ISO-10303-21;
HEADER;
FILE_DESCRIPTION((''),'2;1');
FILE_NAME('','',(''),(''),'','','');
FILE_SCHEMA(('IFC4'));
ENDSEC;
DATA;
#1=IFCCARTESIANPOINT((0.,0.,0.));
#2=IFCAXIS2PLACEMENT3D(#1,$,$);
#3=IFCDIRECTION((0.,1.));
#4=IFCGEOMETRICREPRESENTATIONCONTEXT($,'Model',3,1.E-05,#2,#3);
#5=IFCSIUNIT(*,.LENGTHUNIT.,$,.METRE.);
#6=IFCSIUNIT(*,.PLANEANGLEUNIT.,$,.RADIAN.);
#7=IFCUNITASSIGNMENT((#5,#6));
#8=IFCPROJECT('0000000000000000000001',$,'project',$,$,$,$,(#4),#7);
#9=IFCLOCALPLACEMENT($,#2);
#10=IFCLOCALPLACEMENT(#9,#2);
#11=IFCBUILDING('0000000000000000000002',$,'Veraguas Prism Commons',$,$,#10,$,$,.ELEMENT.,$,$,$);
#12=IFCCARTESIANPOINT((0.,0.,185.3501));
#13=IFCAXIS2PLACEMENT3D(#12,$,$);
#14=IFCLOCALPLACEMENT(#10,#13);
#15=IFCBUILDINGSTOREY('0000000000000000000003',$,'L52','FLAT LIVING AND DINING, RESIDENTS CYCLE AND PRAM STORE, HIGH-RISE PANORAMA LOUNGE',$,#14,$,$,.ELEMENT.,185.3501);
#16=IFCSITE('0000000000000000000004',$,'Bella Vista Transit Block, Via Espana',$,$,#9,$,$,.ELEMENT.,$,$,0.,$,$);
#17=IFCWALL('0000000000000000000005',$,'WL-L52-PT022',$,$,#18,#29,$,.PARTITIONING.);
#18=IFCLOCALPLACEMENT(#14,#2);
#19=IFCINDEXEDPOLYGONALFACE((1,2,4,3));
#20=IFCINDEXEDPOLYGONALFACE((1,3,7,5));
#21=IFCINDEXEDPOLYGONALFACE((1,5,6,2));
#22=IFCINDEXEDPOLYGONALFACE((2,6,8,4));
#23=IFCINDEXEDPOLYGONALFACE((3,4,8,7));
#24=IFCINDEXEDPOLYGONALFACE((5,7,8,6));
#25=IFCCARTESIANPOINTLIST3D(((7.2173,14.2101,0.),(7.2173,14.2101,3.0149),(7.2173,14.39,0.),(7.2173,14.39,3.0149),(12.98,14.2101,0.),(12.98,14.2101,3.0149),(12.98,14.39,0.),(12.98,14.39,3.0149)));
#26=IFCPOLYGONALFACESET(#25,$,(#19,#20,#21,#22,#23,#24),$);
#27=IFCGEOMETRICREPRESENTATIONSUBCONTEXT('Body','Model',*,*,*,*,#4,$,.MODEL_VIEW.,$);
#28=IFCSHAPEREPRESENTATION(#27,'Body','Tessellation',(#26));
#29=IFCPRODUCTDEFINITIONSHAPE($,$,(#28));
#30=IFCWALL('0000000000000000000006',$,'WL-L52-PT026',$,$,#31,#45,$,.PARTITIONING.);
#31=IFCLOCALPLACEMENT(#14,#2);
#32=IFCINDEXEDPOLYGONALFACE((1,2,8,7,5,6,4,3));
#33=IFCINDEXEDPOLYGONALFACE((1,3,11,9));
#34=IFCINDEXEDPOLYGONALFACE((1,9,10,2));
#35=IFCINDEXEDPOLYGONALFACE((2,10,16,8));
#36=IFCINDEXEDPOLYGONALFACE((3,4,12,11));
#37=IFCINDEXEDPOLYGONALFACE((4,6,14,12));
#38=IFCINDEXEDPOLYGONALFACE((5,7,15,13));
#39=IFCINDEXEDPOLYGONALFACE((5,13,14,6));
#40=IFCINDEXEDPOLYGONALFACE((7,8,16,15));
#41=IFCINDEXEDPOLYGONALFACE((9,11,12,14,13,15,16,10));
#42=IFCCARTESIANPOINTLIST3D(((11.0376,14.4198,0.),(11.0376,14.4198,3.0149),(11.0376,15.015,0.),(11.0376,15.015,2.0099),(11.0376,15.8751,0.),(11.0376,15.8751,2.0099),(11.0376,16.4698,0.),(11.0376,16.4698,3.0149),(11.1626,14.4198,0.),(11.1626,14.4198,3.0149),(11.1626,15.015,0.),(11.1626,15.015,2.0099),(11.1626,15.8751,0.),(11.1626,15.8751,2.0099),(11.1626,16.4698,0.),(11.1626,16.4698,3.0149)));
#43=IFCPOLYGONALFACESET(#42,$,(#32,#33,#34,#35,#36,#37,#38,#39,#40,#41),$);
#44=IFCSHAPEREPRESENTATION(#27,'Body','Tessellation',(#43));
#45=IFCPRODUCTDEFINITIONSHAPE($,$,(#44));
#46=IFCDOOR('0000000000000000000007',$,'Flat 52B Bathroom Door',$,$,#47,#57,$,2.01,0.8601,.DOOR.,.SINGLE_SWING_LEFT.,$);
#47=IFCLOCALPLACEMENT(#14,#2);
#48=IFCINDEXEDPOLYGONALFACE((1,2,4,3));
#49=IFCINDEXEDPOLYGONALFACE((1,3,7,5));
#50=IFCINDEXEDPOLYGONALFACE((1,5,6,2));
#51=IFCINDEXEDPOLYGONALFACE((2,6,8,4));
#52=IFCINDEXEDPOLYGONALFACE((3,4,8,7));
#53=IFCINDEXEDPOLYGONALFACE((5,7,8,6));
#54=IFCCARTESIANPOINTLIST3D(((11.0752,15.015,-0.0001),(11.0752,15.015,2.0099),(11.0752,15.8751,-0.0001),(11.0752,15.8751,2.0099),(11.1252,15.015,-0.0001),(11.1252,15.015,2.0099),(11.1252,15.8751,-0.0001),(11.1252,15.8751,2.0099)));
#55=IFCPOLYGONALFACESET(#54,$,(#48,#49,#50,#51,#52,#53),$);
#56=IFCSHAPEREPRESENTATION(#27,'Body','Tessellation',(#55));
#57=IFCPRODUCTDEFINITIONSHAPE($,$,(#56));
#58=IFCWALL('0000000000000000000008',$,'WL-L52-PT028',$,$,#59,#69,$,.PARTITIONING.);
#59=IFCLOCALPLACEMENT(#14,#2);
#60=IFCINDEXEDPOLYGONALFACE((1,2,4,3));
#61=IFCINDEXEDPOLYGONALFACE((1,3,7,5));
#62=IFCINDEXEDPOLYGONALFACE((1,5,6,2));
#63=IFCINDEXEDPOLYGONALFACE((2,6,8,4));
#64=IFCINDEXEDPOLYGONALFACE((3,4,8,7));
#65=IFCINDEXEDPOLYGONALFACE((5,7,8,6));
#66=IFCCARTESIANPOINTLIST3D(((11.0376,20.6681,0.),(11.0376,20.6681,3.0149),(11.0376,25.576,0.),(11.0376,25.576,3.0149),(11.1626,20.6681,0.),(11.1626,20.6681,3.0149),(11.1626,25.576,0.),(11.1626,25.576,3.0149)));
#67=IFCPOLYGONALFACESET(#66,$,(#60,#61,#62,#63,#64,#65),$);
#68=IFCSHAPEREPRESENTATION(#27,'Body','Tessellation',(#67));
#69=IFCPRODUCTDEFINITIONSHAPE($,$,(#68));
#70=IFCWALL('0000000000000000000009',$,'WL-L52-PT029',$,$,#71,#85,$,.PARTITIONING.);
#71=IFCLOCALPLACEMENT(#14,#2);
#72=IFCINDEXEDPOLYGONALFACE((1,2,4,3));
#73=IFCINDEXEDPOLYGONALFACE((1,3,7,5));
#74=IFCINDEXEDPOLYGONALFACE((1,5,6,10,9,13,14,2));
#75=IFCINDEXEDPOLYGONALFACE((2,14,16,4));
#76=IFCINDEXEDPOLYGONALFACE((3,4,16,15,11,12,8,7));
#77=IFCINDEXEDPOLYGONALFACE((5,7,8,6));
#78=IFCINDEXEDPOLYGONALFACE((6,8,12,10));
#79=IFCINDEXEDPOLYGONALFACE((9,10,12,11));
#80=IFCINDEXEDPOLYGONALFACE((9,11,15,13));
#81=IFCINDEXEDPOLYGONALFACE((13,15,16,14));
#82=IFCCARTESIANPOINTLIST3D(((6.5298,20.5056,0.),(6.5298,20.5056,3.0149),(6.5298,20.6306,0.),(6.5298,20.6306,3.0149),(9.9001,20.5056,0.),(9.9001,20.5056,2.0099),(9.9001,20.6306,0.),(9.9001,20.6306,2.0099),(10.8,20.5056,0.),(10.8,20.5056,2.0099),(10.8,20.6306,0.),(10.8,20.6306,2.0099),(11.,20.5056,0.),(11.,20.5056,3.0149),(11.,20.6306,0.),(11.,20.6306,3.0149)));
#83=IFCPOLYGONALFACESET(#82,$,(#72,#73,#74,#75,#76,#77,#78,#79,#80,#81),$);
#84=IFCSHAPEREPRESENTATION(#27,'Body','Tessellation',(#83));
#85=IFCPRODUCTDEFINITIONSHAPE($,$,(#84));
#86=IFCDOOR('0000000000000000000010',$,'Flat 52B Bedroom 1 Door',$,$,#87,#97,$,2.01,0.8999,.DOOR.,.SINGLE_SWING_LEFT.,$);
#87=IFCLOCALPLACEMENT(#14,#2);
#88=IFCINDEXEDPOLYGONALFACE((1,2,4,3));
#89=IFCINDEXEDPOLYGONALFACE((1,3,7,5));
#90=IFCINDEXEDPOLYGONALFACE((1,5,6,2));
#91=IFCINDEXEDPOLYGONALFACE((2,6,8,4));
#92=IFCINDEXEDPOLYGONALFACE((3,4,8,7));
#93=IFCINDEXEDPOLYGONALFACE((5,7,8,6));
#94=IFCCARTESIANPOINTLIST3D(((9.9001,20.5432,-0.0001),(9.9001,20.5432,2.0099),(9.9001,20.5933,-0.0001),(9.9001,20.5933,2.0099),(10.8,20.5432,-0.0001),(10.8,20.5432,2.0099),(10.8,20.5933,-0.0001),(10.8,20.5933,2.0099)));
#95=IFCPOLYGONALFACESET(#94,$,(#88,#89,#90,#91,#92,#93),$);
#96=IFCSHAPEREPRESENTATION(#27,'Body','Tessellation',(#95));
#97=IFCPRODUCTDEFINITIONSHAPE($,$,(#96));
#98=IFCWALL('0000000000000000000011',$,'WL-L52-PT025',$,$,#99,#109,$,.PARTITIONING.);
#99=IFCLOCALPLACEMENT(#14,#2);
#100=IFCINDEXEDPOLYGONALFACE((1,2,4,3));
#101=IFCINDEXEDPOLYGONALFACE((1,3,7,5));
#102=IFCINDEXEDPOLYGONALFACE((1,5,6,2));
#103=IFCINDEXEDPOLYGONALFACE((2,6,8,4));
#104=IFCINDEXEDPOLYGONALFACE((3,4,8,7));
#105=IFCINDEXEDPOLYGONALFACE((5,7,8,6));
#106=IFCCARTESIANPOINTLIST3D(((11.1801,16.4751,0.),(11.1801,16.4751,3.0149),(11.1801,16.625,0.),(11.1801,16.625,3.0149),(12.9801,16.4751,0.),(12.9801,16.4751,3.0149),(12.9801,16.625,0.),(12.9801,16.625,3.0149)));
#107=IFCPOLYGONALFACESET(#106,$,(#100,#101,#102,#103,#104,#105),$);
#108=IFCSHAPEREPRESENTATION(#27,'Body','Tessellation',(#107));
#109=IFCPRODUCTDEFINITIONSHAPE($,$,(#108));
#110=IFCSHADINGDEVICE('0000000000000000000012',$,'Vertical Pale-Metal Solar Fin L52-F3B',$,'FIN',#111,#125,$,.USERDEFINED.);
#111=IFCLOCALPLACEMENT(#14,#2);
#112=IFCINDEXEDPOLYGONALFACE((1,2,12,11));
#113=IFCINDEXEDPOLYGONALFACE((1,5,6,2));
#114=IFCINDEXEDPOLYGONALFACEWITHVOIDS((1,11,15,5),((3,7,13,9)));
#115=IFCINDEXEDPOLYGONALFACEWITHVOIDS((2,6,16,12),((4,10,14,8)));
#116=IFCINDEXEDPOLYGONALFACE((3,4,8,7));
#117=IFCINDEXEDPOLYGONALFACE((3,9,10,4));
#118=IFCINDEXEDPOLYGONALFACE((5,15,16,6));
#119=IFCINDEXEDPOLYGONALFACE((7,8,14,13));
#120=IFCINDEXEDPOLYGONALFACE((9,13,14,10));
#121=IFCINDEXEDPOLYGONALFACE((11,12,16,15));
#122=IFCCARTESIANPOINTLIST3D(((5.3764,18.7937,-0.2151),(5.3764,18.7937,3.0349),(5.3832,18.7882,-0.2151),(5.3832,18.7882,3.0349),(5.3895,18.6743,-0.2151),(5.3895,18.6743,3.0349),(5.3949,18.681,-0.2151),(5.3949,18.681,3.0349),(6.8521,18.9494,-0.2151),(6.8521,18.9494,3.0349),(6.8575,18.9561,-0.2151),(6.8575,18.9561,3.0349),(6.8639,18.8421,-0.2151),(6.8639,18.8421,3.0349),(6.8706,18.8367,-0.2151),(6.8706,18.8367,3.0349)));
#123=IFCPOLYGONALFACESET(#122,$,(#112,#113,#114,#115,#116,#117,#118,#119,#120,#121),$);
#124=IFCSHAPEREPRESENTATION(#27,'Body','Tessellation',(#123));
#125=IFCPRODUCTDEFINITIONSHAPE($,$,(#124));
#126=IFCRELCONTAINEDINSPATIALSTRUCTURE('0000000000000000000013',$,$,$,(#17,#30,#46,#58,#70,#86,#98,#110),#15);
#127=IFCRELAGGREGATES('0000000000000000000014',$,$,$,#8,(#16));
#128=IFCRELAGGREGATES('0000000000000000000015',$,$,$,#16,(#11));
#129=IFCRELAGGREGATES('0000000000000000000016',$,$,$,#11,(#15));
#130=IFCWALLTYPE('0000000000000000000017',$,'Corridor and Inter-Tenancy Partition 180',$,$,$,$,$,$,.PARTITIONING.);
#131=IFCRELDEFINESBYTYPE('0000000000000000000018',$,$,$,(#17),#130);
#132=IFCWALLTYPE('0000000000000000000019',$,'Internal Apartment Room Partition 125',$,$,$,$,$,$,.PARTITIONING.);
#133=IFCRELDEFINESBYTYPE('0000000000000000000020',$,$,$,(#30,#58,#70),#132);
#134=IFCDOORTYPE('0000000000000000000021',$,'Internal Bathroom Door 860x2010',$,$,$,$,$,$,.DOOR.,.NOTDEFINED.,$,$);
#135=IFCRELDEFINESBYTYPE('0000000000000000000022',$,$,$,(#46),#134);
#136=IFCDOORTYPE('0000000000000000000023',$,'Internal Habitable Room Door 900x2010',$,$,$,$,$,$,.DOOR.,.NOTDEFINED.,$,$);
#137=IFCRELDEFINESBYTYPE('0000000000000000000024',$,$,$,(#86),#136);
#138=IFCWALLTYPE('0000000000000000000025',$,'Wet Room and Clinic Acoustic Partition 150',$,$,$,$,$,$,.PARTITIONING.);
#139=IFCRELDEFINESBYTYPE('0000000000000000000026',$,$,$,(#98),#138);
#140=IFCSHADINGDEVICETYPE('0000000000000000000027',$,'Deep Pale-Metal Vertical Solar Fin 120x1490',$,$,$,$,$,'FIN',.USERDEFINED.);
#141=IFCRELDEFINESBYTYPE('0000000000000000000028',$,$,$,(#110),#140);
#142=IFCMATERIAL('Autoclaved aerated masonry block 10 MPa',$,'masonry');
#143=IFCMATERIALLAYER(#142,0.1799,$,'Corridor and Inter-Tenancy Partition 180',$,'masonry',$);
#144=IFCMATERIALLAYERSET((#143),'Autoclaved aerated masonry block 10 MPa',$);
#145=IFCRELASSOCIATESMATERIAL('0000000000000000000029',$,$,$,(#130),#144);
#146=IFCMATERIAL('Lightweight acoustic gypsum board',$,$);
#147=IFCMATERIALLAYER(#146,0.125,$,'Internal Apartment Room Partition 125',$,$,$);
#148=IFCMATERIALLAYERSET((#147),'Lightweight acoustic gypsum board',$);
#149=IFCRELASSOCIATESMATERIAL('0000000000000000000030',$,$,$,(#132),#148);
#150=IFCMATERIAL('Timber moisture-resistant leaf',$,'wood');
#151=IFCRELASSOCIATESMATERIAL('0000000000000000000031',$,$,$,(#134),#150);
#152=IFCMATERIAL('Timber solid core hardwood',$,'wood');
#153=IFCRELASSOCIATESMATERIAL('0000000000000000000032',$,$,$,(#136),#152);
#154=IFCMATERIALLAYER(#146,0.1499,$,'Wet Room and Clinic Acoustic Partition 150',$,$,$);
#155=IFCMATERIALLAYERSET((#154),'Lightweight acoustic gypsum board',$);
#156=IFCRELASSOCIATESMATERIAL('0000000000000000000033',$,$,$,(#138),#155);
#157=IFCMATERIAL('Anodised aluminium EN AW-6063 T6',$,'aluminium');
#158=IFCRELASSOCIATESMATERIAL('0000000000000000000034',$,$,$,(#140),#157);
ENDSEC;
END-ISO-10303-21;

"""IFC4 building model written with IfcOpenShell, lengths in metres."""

from ifc_helpers import new_model, si_unit, direction, frame, frame_2d, origin, origin_2d, place, context, subcontext, project, spatial, rectangle, hollow_rectangle, extrude, source, transform, mapped, material, layer, layer_set, material_profile, profile_set, type_object, element, fill, save


model = new_model("IFC4")

# Units and contexts
model_context = context("Model", 3, precision=1e-05, world=origin(), true_north=direction((0.0, 1.0)))
body_context = subcontext(model_context, "Body", "Model", "MODEL_VIEW")
ifc_project = project(units=[si_unit("LENGTHUNIT", "METRE"), si_unit("PLANEANGLEUNIT", "RADIAN")], contexts=[model_context])

# Site, building, storey
site_placement = place(None, origin())
site = spatial("IfcSite", under=ifc_project, at=site_placement, Name="Bella Vista Transit Block, Via Espana", CompositionType="ELEMENT", RefElevation=0.0)
building_placement = place(site_placement, origin())
building = spatial("IfcBuilding", under=site, at=building_placement, Name="Veraguas Prism Commons", CompositionType="ELEMENT")
storey_placement = place(building_placement, frame((0.0, 0.0, 185.3501)))
storey = spatial("IfcBuildingStorey", under=building, at=storey_placement, Name="L52", Description="FLAT LIVING AND DINING, RESIDENTS CYCLE AND PRAM STORE, HIGH-RISE PANORAMA LOUNGE", CompositionType="ELEMENT", Elevation=185.3501)

# Shared definitions
ifc_material_1 = material(Name="Anodised aluminium EN AW-6063 T6", Category="aluminium")

# Wall
ifc_material_2 = material(Name="Autoclaved aerated masonry block 10 MPa", Category="masonry")
ifc_layer_1 = layer(ifc_material_2, 0.1799, Name="Corridor and Inter-Tenancy Partition 180", Category="masonry")
ifc_layer_set_1 = layer_set([ifc_layer_1], Name="Autoclaved aerated masonry block 10 MPa")
wall_type_1 = type_object("IfcWallType", Name="Corridor and Inter-Tenancy Partition 180", PredefinedType="PARTITIONING", material=ifc_layer_set_1)
wall_1_placement = place(storey_placement, frame((12.98, 14.3, 0.0), z_axis=(0.0, 0.0, 1.0), x_axis=(-1.0, 0.0, 0.0)))
element("IfcWall", 1, at=wall_1_placement, inside=storey, type_object=wall_type_1, Name="WL-L52-PT022", PredefinedType="PARTITIONING", context=body_context, shape_type="SweptSolid", body=[
    extrude(rectangle(XDim=5.7627, YDim=0.1799, at=frame_2d((2.8813, 0.0))), origin(), (0.0, 0.0, 1.0), 3.0149),
])

# Wall, opening, door
ifc_material_3 = material(Name="Lightweight acoustic gypsum board")
ifc_layer_2 = layer(ifc_material_3, 0.125, Name="Internal Apartment Room Partition 125")
ifc_layer_set_2 = layer_set([ifc_layer_2], Name="Lightweight acoustic gypsum board")
wall_type_2 = type_object("IfcWallType", Name="Internal Apartment Room Partition 125", PredefinedType="PARTITIONING", material=ifc_layer_set_2)
wall_2_placement = place(storey_placement, frame((11.1001, 14.4199, 0.0), z_axis=(0.0, 0.0, 1.0), x_axis=(0.0, 1.0, 0.0)))
wall_2 = element("IfcWall", 2, at=wall_2_placement, inside=storey, type_object=wall_type_2, Name="WL-L52-PT026", PredefinedType="PARTITIONING", context=body_context, shape_type="SweptSolid", body=[
    extrude(rectangle(XDim=2.05, YDim=0.125, at=frame_2d((1.0249, 0.0))), origin(), (0.0, 0.0, 1.0), 3.0149),
])
opening_1_placement = place(wall_2_placement, frame((0.595, 0.0, 0.0)))
opening_1 = element("IfcOpeningElement", 3, at=opening_1_placement, cuts=wall_2, PredefinedType="OPENING", context=body_context, shape_type="SweptSolid", body=[
    extrude(rectangle(XDim=0.8601, YDim=2.01, at=frame_2d((0.4302, 1.0049))), frame((0.0, 0.0725, 0.0), z_axis=(0.0, -1.0, 0.0), x_axis=(1.0, 0.0, 0.0)), (0.0, 0.0, 1.0), 0.145),
])
ifc_material_4 = material(Name="Timber moisture-resistant leaf", Category="wood")
door_type_1 = type_object("IfcDoorType", Name="Internal Bathroom Door 860x2010", OperationType="NOTDEFINED", PredefinedType="DOOR", material=ifc_material_4)
shared_shape_1 = source(origin(), body_context, "Body", "SweptSolid", [
    extrude(rectangle(XDim=0.8601, YDim=2.01, at=frame_2d((0.4302, 1.0049))), frame((0.0, 0.0249, 0.0), z_axis=(0.0, -1.0, 0.0), x_axis=(1.0, 0.0, 0.0)), (0.0, 0.0, 1.0), 0.05),
])
door_1_placement = place(opening_1_placement, origin())
door_1 = element("IfcDoor", 4, at=door_1_placement, inside=storey, type_object=door_type_1, Name="Flat 52B Bathroom Door", OperationType="SINGLE_SWING_LEFT", OverallHeight=2.01, OverallWidth=0.8601, PredefinedType="DOOR", context=body_context, shape_type="MappedRepresentation", body=[
    mapped(shared_shape_1, transform((0.0, 0.0, 0.0), scale=1.0)),
])
fill(opening_1, door_1)

# Wall
wall_3_placement = place(storey_placement, frame((11.1001, 20.668, 0.0), z_axis=(0.0, 0.0, 1.0), x_axis=(0.0, 1.0, 0.0)))
element("IfcWall", 5, at=wall_3_placement, inside=storey, type_object=wall_type_2, Name="WL-L52-PT028", PredefinedType="PARTITIONING", context=body_context, shape_type="SweptSolid", body=[
    extrude(rectangle(XDim=4.908, YDim=0.125, at=frame_2d((2.4541, 0.0))), origin(), (0.0, 0.0, 1.0), 3.0149),
])

# Wall, opening, door
wall_4_placement = place(storey_placement, frame((11.0, 20.5681, 0.0), z_axis=(0.0, 0.0, 1.0), x_axis=(-1.0, 0.0, 0.0)))
wall_4 = element("IfcWall", 6, at=wall_4_placement, inside=storey, type_object=wall_type_2, Name="WL-L52-PT029", PredefinedType="PARTITIONING", context=body_context, shape_type="SweptSolid", body=[
    extrude(rectangle(XDim=4.4702, YDim=0.125, at=frame_2d((2.2351, 0.0))), origin(), (0.0, 0.0, 1.0), 3.0149),
])
opening_2_placement = place(wall_4_placement, frame((0.2, 0.0, 0.0)))
opening_2 = element("IfcOpeningElement", 7, at=opening_2_placement, cuts=wall_4, PredefinedType="OPENING", context=body_context, shape_type="SweptSolid", body=[
    extrude(rectangle(XDim=0.8999, YDim=2.01, at=frame_2d((0.45, 1.0049))), frame((0.0, 0.0725, 0.0), z_axis=(0.0, -1.0, 0.0), x_axis=(1.0, 0.0, 0.0)), (0.0, 0.0, 1.0), 0.145),
])
ifc_material_5 = material(Name="Timber solid core hardwood", Category="wood")
door_type_2 = type_object("IfcDoorType", Name="Internal Habitable Room Door 900x2010", OperationType="NOTDEFINED", PredefinedType="DOOR", material=ifc_material_5)
shared_shape_2 = source(origin(), body_context, "Body", "SweptSolid", [
    extrude(rectangle(XDim=0.8999, YDim=2.01, at=frame_2d((0.45, 1.0049))), frame((0.0, 0.0249, 0.0), z_axis=(0.0, -1.0, 0.0), x_axis=(1.0, 0.0, 0.0)), (0.0, 0.0, 1.0), 0.05),
])
door_2_placement = place(opening_2_placement, origin())
door_2 = element("IfcDoor", 8, at=door_2_placement, inside=storey, type_object=door_type_2, Name="Flat 52B Bedroom 1 Door", OperationType="SINGLE_SWING_LEFT", OverallHeight=2.01, OverallWidth=0.8999, PredefinedType="DOOR", context=body_context, shape_type="MappedRepresentation", body=[
    mapped(shared_shape_2, transform((0.0, 0.0, 0.0), scale=1.0)),
])
fill(opening_2, door_2)

# Wall
ifc_layer_3 = layer(ifc_material_3, 0.1499, Name="Wet Room and Clinic Acoustic Partition 150")
ifc_layer_set_3 = layer_set([ifc_layer_3], Name="Lightweight acoustic gypsum board")
wall_type_3 = type_object("IfcWallType", Name="Wet Room and Clinic Acoustic Partition 150", PredefinedType="PARTITIONING", material=ifc_layer_set_3)
wall_5_placement = place(storey_placement, frame((12.98, 16.55, 0.0), z_axis=(0.0, 0.0, 1.0), x_axis=(-1.0, 0.0, 0.0)))
element("IfcWall", 9, at=wall_5_placement, inside=storey, type_object=wall_type_3, Name="WL-L52-PT025", PredefinedType="PARTITIONING", context=body_context, shape_type="SweptSolid", body=[
    extrude(rectangle(XDim=1.8, YDim=0.1499, at=frame_2d((0.8999, 0.0))), origin(), (0.0, 0.0, 1.0), 3.0149),
])

# Shading device
ifc_material_profile_1 = material_profile(ifc_material_1, hollow_rectangle(XDim=0.1201, YDim=1.49, WallThickness=0.0061, at=origin_2d()), Name="FIN120X1490X6")
ifc_profile_set_1 = profile_set([ifc_material_profile_1], Name="Anodised aluminium EN AW-6063 T6")
shading_device_type = type_object("IfcShadingDeviceType", Name="Deep Pale-Metal Vertical Solar Fin 120x1490", ElementType="FIN", PredefinedType="USERDEFINED", material=ifc_profile_set_1)
shading_device_placement = place(storey_placement, frame((6.1235, 18.8152, -0.2151), z_axis=(0.0, 0.0, 1.0), x_axis=(0.10904, -0.994037, 0.0)))
element("IfcShadingDevice", 10, at=shading_device_placement, inside=storey, type_object=shading_device_type, Name="Vertical Pale-Metal Solar Fin L52-F3B", ObjectType="FIN", PredefinedType="USERDEFINED", context=body_context, shape_type="SweptSolid", body=[
    extrude(hollow_rectangle(XDim=0.1201, YDim=1.49, WallThickness=0.0061, at=origin_2d()), origin(), (0.0, 0.0, 1.0), 3.25),
])

save(model, "model.ifc")
